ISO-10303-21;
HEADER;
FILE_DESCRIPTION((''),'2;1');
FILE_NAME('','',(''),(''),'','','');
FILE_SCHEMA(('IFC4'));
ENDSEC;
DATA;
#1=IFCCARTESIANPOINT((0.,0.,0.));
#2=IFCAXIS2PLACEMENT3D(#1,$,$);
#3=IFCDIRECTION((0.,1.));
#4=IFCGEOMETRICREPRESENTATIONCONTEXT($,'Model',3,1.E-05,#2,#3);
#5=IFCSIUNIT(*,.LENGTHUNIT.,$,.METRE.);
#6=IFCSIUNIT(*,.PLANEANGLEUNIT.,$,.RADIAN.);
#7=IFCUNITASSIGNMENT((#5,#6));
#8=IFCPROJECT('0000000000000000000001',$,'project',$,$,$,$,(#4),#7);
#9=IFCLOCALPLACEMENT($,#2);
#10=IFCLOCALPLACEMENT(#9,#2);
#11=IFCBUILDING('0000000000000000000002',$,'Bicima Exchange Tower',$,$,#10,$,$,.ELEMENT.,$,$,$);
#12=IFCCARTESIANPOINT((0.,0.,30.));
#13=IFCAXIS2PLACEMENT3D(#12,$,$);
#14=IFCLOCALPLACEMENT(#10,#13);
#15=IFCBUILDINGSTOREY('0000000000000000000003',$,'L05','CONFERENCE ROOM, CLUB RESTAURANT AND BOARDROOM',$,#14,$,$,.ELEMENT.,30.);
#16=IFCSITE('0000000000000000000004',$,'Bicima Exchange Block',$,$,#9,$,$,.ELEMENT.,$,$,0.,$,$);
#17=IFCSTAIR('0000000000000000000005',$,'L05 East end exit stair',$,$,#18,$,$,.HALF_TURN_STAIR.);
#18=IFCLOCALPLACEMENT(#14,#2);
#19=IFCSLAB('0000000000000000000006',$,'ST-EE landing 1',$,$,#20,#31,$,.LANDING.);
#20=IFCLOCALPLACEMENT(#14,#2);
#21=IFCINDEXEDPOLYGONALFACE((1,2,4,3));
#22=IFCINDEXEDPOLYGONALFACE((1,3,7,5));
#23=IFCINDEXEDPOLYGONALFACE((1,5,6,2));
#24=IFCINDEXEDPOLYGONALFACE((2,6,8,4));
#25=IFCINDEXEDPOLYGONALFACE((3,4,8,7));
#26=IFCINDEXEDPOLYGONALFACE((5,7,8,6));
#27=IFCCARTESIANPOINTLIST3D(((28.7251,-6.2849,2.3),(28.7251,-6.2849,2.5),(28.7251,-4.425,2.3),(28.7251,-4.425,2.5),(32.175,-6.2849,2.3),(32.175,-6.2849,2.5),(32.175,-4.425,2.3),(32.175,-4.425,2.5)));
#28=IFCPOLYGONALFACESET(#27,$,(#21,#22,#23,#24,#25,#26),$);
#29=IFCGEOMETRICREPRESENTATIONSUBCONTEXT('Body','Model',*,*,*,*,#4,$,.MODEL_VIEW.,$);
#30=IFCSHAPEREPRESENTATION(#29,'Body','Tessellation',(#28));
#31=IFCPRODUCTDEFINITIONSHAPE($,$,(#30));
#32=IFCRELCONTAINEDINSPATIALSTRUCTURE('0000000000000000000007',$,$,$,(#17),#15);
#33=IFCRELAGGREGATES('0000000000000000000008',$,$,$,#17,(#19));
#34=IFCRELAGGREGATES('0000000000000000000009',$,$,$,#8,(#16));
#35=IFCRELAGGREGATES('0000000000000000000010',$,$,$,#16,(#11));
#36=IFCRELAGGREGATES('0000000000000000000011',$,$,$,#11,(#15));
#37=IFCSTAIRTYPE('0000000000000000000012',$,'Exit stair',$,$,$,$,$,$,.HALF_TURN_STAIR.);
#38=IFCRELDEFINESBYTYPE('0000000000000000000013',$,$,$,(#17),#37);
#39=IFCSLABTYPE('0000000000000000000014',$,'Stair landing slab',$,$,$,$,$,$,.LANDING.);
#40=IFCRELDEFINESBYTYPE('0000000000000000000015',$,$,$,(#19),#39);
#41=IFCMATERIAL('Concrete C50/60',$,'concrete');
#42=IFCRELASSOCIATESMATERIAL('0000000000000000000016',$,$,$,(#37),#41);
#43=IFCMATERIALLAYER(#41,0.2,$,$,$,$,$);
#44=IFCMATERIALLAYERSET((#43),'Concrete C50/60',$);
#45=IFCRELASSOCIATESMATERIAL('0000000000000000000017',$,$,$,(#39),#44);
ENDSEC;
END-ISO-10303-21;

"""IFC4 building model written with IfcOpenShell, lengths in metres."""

from ifc_helpers import new_model, si_unit, direction, frame, origin, place, context, subcontext, project, spatial, polyline, outline, extrude, material, layer, layer_set, type_object, element, aggregate, save


model = new_model("IFC4")

# Units and contexts
model_context = context("Model", 3, precision=1e-05, world=origin(), true_north=direction((0.0, 1.0)))
body_context = subcontext(model_context, "Body", "Model", "MODEL_VIEW")
ifc_project = project(units=[si_unit("LENGTHUNIT", "METRE"), si_unit("PLANEANGLEUNIT", "RADIAN")], contexts=[model_context])

# Site, building, storey
site_placement = place(None, origin())
site = spatial("IfcSite", under=ifc_project, at=site_placement, Name="Bicima Exchange Block", CompositionType="ELEMENT", RefElevation=0.0)
building_placement = place(site_placement, origin())
building = spatial("IfcBuilding", under=site, at=building_placement, Name="Bicima Exchange Tower", CompositionType="ELEMENT")
storey_placement = place(building_placement, frame((0.0, 0.0, 30.0)))
storey = spatial("IfcBuildingStorey", under=building, at=storey_placement, Name="L05", Description="CONFERENCE ROOM, CLUB RESTAURANT AND BOARDROOM", CompositionType="ELEMENT", Elevation=30.0)

# Stair, slab
ifc_material_1 = material(Name="Concrete C50/60", Category="concrete")
stair_type_1 = type_object("IfcStairType", Name="Exit stair", PredefinedType="HALF_TURN_STAIR", material=ifc_material_1)
ifc_layer_1 = layer(ifc_material_1, 0.2)
ifc_layer_set_1 = layer_set([ifc_layer_1], Name="Concrete C50/60")
slab_type = type_object("IfcSlabType", Name="Stair landing slab", PredefinedType="LANDING", material=ifc_layer_set_1)
stair_1_placement = place(storey_placement, origin())
stair_1 = element("IfcStair", 1, at=stair_1_placement, inside=storey, type_object=stair_type_1, Name="L05 East end exit stair", PredefinedType="HALF_TURN_STAIR")
slab_1_placement = place(storey_placement, frame((0.0, 0.0, 2.3)))
slab_1 = element("IfcSlab", 2, at=slab_1_placement, type_object=slab_type, Name="ST-EE landing 1", PredefinedType="LANDING", context=body_context, shape_type="SweptSolid", body=[
    extrude(outline(polyline([(32.175, -6.2849), (32.175, -4.425), (28.7251, -4.425), (28.7251, -6.2849), (32.175, -6.2849)])), origin(), (0.0, 0.0, 1.0), 0.2),
])
aggregate(stair_1, [slab_1])

save(model, "model.ifc")
